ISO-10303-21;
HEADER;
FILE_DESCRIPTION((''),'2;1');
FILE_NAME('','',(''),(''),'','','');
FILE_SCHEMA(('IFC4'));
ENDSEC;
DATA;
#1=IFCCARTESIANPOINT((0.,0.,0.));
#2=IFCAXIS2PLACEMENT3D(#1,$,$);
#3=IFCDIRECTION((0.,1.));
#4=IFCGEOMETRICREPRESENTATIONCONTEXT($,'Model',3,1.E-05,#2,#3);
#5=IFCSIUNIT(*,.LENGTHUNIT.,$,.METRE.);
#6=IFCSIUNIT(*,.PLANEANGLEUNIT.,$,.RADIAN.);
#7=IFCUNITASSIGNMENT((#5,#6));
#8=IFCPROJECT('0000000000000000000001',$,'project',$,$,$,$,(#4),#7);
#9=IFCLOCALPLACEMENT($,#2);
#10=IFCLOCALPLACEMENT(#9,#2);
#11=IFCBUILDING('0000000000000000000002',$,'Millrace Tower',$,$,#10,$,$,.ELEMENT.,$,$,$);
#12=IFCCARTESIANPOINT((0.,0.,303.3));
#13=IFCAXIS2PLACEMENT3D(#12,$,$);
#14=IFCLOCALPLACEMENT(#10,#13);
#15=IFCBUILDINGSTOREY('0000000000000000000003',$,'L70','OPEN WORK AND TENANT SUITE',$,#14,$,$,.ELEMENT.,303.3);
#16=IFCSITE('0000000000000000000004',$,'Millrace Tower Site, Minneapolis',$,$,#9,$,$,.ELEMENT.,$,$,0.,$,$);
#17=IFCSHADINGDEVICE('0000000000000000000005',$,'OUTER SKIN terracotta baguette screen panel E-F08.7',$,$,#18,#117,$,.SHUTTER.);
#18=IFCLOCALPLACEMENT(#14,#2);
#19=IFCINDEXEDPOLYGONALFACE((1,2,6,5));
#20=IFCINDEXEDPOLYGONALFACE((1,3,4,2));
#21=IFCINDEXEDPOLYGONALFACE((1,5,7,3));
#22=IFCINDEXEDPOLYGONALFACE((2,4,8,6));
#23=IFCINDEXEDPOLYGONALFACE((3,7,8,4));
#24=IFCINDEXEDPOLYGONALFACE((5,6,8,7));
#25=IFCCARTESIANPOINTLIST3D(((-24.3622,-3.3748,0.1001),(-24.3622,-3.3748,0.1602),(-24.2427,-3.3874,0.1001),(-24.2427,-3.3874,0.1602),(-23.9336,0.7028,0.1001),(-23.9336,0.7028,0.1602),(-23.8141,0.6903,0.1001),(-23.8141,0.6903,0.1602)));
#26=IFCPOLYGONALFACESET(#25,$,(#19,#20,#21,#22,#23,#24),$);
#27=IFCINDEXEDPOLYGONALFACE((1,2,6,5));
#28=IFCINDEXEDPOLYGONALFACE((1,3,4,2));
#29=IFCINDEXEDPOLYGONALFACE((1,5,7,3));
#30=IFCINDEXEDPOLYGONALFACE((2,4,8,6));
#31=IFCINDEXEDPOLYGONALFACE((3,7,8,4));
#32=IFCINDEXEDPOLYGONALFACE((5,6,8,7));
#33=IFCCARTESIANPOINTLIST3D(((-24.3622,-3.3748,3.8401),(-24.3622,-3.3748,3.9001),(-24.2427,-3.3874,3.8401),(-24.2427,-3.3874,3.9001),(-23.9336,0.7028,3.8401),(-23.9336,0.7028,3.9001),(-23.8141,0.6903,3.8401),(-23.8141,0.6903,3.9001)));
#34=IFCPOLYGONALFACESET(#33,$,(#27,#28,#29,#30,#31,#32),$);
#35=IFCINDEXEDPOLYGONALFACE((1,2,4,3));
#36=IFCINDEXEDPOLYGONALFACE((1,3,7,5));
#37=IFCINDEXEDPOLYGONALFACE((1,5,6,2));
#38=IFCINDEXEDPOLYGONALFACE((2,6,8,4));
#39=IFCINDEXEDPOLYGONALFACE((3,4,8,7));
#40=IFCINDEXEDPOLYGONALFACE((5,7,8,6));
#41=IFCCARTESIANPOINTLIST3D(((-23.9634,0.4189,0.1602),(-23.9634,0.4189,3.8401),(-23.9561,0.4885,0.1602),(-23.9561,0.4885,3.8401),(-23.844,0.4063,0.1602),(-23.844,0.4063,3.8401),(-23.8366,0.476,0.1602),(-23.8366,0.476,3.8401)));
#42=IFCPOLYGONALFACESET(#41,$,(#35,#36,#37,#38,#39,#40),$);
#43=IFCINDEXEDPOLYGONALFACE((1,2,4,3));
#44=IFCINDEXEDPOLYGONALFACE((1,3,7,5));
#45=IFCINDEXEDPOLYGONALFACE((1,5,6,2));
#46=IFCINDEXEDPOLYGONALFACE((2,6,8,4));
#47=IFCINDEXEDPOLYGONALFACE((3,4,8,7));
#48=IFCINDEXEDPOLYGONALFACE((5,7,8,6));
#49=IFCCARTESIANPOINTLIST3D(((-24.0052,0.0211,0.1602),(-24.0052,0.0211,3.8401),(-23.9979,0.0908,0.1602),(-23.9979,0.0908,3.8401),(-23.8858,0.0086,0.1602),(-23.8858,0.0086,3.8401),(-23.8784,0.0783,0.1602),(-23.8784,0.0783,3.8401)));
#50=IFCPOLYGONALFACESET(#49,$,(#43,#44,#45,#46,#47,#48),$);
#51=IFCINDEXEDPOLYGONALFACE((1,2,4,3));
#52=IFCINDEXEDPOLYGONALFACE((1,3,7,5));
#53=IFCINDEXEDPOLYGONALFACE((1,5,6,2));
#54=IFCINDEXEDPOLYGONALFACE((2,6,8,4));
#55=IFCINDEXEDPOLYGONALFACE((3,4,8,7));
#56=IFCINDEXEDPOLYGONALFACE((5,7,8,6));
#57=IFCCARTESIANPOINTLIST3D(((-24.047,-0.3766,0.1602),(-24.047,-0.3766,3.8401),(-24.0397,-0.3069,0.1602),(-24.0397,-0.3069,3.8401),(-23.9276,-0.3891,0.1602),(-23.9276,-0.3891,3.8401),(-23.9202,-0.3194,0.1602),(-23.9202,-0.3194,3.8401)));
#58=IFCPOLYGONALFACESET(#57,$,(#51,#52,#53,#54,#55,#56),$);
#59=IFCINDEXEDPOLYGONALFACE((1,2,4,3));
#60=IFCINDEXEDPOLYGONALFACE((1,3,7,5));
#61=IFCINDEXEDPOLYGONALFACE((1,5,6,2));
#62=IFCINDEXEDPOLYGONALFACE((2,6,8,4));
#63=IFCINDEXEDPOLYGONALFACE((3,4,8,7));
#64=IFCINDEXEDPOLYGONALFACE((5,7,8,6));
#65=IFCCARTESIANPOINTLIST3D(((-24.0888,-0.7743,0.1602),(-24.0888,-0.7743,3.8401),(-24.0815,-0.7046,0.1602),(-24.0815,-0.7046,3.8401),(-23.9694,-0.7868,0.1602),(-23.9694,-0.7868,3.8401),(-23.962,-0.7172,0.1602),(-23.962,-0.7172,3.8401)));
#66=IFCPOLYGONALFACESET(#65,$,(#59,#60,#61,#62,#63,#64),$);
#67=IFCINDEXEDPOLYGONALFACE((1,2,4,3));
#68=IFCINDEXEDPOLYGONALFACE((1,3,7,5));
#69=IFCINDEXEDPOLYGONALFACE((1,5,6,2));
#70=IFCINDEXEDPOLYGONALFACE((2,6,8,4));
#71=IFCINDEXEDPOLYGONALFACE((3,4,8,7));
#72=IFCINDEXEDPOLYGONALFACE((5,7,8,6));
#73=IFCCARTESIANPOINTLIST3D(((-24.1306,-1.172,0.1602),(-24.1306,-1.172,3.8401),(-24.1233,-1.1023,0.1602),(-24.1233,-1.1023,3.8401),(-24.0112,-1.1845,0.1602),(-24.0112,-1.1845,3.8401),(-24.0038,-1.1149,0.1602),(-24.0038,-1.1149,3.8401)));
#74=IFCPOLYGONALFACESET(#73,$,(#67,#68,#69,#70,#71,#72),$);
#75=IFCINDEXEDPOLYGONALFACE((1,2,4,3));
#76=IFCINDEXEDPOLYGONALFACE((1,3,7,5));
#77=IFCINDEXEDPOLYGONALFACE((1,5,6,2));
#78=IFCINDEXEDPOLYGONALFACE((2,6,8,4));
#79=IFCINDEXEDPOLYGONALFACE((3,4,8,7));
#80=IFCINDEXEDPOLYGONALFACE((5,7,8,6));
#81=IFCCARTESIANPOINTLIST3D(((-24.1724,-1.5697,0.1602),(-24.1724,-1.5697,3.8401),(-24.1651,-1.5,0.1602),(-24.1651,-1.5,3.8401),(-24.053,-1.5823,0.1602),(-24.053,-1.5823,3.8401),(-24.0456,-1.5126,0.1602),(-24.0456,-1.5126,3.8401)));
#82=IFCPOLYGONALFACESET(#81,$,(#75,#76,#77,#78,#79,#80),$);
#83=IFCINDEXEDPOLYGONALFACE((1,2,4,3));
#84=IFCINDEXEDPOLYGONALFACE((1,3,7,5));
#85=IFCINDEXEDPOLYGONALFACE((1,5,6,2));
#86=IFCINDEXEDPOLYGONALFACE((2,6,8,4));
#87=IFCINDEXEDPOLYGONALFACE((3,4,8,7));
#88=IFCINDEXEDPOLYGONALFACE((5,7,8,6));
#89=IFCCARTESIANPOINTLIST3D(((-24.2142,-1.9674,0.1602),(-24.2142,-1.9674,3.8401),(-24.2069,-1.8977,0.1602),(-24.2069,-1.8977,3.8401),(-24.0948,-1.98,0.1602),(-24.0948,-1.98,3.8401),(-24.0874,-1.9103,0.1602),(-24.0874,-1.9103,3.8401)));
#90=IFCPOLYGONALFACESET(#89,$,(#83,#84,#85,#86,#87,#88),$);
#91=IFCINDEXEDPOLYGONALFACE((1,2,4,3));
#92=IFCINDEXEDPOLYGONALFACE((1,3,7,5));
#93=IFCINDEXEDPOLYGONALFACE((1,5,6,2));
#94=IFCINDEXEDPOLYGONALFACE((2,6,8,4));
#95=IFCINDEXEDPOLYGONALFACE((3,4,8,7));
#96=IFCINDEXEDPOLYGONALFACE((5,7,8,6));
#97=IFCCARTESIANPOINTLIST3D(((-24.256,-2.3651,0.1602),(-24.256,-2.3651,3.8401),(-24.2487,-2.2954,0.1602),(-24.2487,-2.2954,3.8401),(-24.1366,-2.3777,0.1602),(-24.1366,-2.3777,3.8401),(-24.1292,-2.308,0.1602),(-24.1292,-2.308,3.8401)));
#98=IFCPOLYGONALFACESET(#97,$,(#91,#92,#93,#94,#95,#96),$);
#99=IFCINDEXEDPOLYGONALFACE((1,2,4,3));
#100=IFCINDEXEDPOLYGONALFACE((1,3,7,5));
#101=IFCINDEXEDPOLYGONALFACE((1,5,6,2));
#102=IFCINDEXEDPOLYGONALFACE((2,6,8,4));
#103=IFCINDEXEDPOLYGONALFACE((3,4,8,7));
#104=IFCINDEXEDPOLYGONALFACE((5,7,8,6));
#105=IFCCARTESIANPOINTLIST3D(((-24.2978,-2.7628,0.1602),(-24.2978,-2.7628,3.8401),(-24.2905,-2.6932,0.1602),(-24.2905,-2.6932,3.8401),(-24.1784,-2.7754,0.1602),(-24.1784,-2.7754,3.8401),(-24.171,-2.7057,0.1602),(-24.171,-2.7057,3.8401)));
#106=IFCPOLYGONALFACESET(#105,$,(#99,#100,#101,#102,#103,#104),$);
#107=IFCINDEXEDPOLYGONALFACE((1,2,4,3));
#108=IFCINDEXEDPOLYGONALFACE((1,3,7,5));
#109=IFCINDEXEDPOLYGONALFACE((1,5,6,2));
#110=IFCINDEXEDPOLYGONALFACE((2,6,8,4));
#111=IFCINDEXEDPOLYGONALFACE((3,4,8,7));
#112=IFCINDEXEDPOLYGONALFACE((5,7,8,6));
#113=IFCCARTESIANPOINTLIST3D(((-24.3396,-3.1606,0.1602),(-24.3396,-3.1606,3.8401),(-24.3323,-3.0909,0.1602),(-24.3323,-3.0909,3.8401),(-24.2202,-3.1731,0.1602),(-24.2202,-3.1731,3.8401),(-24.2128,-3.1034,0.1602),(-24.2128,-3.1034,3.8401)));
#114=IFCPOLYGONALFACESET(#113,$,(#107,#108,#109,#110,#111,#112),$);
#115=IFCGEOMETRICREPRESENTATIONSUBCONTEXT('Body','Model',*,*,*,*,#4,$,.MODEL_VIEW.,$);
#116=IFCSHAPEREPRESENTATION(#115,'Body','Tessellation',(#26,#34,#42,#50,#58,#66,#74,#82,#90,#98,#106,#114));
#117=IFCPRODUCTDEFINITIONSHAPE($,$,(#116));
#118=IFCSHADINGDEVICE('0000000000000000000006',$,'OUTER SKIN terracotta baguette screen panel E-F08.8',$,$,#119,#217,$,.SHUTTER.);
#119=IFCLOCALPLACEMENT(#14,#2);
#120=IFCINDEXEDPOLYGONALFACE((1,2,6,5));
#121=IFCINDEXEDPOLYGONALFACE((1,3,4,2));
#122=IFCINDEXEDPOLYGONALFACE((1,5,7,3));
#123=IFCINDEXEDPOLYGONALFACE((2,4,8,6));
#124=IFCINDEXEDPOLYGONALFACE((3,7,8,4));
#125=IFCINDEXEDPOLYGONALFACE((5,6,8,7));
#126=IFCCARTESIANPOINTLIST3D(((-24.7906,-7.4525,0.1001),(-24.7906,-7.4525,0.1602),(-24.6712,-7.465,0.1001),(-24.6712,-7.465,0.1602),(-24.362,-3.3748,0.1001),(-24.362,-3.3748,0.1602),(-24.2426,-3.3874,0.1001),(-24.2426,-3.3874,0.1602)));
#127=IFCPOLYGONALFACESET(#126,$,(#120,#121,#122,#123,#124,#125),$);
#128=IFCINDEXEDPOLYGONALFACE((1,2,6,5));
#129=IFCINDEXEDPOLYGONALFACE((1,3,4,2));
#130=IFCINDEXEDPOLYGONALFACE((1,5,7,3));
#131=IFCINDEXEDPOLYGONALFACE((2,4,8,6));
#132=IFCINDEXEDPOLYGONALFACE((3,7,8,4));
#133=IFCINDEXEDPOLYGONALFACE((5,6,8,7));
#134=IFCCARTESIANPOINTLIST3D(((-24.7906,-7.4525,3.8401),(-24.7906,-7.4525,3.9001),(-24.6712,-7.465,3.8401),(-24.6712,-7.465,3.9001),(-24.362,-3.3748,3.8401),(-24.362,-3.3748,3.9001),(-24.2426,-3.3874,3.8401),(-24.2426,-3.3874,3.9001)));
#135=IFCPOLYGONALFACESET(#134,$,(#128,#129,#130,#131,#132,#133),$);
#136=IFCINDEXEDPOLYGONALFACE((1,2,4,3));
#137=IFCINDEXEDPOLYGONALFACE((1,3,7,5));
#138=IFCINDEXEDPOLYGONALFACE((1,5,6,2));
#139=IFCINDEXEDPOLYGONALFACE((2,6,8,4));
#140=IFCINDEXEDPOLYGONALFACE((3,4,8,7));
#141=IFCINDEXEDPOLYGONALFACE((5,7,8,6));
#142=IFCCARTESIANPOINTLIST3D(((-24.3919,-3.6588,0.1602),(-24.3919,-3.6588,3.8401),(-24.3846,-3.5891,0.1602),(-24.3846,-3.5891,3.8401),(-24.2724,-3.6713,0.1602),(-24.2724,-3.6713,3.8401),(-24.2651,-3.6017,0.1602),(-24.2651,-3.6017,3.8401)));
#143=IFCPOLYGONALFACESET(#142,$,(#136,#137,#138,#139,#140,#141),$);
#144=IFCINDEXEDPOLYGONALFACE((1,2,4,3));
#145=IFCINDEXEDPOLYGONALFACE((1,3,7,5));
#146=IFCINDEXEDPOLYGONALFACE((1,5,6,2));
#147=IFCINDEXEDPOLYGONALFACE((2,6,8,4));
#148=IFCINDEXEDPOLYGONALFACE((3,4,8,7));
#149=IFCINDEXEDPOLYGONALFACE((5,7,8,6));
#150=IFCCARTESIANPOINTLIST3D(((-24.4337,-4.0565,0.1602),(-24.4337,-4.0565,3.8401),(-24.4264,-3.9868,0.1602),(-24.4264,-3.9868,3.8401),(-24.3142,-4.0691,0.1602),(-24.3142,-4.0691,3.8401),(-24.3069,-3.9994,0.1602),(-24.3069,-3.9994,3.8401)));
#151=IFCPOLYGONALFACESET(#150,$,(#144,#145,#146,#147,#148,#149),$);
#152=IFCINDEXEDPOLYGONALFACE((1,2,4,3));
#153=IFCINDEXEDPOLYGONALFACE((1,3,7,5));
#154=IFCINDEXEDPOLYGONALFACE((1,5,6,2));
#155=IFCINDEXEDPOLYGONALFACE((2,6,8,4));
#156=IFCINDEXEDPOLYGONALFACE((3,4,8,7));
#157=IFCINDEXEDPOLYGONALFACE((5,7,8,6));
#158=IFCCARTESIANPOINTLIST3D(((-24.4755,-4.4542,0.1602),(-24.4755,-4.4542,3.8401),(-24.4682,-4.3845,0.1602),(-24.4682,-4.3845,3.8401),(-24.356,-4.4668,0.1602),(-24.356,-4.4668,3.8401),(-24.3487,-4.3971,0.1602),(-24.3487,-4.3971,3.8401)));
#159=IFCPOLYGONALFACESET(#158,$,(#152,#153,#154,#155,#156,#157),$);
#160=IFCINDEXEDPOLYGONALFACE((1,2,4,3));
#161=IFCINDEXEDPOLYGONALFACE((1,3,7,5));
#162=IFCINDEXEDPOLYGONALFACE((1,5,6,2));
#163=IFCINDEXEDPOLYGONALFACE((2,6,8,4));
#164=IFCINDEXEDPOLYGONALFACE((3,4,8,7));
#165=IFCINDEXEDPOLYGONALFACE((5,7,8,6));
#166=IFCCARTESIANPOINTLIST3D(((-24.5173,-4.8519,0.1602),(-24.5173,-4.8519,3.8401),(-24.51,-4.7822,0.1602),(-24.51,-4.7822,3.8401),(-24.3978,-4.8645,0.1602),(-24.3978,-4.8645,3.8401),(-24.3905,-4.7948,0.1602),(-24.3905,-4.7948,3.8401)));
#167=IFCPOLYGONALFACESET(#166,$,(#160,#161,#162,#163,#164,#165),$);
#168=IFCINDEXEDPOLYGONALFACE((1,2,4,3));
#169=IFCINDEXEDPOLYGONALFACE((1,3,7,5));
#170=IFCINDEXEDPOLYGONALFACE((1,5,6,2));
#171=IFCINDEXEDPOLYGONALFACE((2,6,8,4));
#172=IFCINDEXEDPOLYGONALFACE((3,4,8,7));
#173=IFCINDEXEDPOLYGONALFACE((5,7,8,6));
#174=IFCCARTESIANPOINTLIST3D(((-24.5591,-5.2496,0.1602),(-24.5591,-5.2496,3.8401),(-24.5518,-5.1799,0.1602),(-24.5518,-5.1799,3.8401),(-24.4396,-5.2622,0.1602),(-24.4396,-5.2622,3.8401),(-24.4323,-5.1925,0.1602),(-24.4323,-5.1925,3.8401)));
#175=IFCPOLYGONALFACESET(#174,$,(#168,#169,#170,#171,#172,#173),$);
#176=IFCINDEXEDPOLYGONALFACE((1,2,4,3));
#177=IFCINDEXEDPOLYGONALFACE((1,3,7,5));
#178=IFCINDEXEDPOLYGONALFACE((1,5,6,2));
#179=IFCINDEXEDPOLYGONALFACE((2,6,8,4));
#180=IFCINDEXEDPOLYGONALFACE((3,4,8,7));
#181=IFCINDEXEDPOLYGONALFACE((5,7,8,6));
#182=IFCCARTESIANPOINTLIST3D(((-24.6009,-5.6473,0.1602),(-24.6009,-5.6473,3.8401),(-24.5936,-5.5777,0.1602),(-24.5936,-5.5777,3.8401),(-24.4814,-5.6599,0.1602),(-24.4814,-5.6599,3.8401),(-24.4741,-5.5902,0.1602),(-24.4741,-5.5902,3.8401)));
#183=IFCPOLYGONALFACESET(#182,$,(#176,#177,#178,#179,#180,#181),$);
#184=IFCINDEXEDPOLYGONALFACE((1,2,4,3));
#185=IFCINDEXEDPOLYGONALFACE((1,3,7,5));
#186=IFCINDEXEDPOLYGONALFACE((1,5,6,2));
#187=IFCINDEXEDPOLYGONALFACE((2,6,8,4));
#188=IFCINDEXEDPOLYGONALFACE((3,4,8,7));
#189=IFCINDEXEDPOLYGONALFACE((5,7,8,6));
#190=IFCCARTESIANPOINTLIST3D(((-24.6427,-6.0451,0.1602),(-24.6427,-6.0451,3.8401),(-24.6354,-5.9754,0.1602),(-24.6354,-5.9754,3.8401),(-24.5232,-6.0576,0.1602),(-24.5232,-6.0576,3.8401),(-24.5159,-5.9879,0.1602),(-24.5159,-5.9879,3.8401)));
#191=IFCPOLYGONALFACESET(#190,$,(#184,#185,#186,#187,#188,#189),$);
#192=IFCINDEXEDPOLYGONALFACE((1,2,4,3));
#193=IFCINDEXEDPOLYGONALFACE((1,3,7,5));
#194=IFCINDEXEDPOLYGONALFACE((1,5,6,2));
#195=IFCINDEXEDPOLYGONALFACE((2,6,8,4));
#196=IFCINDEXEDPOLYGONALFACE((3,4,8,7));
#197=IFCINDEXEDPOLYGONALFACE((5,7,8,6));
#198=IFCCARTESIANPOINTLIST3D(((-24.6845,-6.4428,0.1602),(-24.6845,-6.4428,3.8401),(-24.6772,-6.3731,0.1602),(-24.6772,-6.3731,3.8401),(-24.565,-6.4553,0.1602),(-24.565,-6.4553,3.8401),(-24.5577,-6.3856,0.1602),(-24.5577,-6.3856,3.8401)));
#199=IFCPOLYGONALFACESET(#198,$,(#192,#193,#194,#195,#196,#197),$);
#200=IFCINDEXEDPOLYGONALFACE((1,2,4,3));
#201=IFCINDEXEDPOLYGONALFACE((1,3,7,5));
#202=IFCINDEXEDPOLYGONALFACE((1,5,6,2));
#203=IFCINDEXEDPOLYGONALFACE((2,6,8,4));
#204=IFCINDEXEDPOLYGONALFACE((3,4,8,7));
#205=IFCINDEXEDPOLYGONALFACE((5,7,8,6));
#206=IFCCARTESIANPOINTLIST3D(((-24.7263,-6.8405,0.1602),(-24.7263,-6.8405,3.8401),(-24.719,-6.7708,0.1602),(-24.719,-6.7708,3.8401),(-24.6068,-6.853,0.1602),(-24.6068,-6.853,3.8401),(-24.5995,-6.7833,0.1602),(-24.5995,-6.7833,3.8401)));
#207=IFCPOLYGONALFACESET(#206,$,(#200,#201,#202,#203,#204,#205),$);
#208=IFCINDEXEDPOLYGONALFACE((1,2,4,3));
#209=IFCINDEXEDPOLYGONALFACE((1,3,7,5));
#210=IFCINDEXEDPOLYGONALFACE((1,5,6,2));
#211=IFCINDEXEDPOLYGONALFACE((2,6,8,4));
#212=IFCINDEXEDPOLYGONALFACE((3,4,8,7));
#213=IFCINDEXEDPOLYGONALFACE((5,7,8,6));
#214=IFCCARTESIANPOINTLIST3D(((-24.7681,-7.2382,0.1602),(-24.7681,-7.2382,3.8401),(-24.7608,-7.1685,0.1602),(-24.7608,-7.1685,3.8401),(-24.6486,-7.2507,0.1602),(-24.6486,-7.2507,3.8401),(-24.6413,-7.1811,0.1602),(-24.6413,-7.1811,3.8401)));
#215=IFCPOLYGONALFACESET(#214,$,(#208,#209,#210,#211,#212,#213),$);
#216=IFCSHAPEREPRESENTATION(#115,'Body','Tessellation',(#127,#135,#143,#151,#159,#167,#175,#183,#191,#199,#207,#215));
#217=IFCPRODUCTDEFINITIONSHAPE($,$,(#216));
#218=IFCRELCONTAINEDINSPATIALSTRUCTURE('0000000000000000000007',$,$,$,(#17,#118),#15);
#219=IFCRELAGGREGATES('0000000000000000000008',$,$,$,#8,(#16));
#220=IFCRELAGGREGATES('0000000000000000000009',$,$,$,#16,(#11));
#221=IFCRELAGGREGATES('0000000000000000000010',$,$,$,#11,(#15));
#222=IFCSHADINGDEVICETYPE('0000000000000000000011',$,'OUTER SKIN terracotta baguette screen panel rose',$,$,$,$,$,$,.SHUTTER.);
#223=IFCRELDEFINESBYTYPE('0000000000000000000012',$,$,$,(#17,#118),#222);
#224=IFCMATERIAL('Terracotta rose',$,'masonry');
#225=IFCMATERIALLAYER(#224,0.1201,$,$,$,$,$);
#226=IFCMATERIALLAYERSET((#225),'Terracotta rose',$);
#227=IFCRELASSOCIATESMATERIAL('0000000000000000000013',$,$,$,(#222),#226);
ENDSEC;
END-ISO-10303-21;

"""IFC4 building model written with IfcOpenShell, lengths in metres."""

from ifc_helpers import new_model, entity, si_unit, direction, frame, frame_2d, origin, place, context, subcontext, project, spatial, rectangle, extrude, source, transform, mapped, material, layer, layer_set, type_object, element, save


model = new_model("IFC4")

# Units and contexts
model_context = context("Model", 3, precision=1e-05, world=origin(), true_north=direction((0.0, 1.0)))
body_context = subcontext(model_context, "Body", "Model", "MODEL_VIEW")
ifc_project = project(units=[si_unit("LENGTHUNIT", "METRE"), si_unit("PLANEANGLEUNIT", "RADIAN")], contexts=[model_context])

# Site, building, storey
site_placement = place(None, origin())
site = spatial("IfcSite", under=ifc_project, at=site_placement, Name="Millrace Tower Site, Minneapolis", CompositionType="ELEMENT", RefElevation=0.0)
building_placement = place(site_placement, origin())
building = spatial("IfcBuilding", under=site, at=building_placement, Name="Millrace Tower", CompositionType="ELEMENT")
storey_placement = place(building_placement, frame((0.0, 0.0, 303.3)))
storey = spatial("IfcBuildingStorey", under=building, at=storey_placement, Name="L70", Description="OPEN WORK AND TENANT SUITE", CompositionType="ELEMENT", Elevation=303.3)

# Shading devices
ifc_material_1 = material(Name="Terracotta rose", Category="masonry")
ifc_layer_1 = layer(ifc_material_1, 0.1201)
ifc_layer_set_1 = layer_set([ifc_layer_1], Name="Terracotta rose")
shading_device_type = type_object("IfcShadingDeviceType", Name="OUTER SKIN terracotta baguette screen panel rose", PredefinedType="SHUTTER", material=ifc_layer_set_1)
cartesian_point_1 = entity("IfcCartesianPoint", [-2.05, 0.0601])
shared_polyline_1 = entity("IfcPolyline", [cartesian_point_1, entity("IfcCartesianPoint", [2.05, 0.0601]), entity("IfcCartesianPoint", [2.05, -0.0601]), entity("IfcCartesianPoint", [-2.05, -0.0601]), cartesian_point_1])
shared_shape_1 = source(origin(), body_context, "Body", "SweptSolid", [
    entity("IfcExtrudedAreaSolid", entity("IfcArbitraryClosedProfileDef", "AREA", None, shared_polyline_1), entity("IfcAxis2Placement3D", entity("IfcCartesianPoint", [0.0, 0.0, 0.0])), entity("IfcDirection", [0.0, 0.0, 1.0]), 0.0601),
    entity("IfcExtrudedAreaSolid", entity("IfcArbitraryClosedProfileDef", "AREA", None, shared_polyline_1), entity("IfcAxis2Placement3D", entity("IfcCartesianPoint", [0.0, 0.0, 3.74])), entity("IfcDirection", [0.0, 0.0, 1.0]), 0.0601),
    extrude(rectangle(XDim=0.0701, YDim=0.1201, at=frame_2d((-1.7996, 0.0))), frame((0.0, 0.0, 0.0601)), (0.0, 0.0, 1.0), 3.6799),
    extrude(rectangle(XDim=0.0701, YDim=0.1201, at=frame_2d((-1.3997, 0.0))), frame((0.0, 0.0, 0.0601)), (0.0, 0.0, 1.0), 3.6799),
    extrude(rectangle(XDim=0.0701, YDim=0.1201, at=frame_2d((-0.9998, 0.0))), frame((0.0, 0.0, 0.0601)), (0.0, 0.0, 1.0), 3.6799),
    extrude(rectangle(XDim=0.0701, YDim=0.1201, at=frame_2d((-0.5999, 0.0))), frame((0.0, 0.0, 0.0601)), (0.0, 0.0, 1.0), 3.6799),
    extrude(rectangle(XDim=0.0701, YDim=0.1201, at=frame_2d((-0.2, 0.0))), frame((0.0, 0.0, 0.0601)), (0.0, 0.0, 1.0), 3.6799),
    extrude(rectangle(XDim=0.0701, YDim=0.1201, at=frame_2d((0.2, 0.0))), frame((0.0, 0.0, 0.0601)), (0.0, 0.0, 1.0), 3.6799),
    extrude(rectangle(XDim=0.0701, YDim=0.1201, at=frame_2d((0.5999, 0.0))), frame((0.0, 0.0, 0.0601)), (0.0, 0.0, 1.0), 3.6799),
    extrude(rectangle(XDim=0.0701, YDim=0.1201, at=frame_2d((0.9998, 0.0))), frame((0.0, 0.0, 0.0601)), (0.0, 0.0, 1.0), 3.6799),
    extrude(rectangle(XDim=0.0701, YDim=0.1201, at=frame_2d((1.3997, 0.0))), frame((0.0, 0.0, 0.0601)), (0.0, 0.0, 1.0), 3.6799),
    extrude(rectangle(XDim=0.0701, YDim=0.1201, at=frame_2d((1.7996, 0.0))), frame((0.0, 0.0, 0.0601)), (0.0, 0.0, 1.0), 3.6799),
])
for number, where, z_axis, x_axis, name in (
    (1, (-24.0881, -1.3423, 0.1001), (0.0, 0.0, 1.0), (-0.104528, -0.994522, 0.0), "OUTER SKIN terracotta baguette screen panel E-F08.7"),
    (2, (-24.5166, -5.4199, 0.1001), (0.0, 0.0, 1.0), (-0.104528, -0.994522, 0.0), "OUTER SKIN terracotta baguette screen panel E-F08.8"),
):
    element("IfcShadingDevice", number, at=place(storey_placement, frame(where, z_axis=z_axis, x_axis=x_axis)), inside=storey, type_object=shading_device_type, Name=name, PredefinedType="SHUTTER", context=body_context, shape_type="MappedRepresentation", body=[
        mapped(shared_shape_1, transform((0.0, 0.0, 0.0), scale=1.0)),
    ])

save(model, "model.ifc")
